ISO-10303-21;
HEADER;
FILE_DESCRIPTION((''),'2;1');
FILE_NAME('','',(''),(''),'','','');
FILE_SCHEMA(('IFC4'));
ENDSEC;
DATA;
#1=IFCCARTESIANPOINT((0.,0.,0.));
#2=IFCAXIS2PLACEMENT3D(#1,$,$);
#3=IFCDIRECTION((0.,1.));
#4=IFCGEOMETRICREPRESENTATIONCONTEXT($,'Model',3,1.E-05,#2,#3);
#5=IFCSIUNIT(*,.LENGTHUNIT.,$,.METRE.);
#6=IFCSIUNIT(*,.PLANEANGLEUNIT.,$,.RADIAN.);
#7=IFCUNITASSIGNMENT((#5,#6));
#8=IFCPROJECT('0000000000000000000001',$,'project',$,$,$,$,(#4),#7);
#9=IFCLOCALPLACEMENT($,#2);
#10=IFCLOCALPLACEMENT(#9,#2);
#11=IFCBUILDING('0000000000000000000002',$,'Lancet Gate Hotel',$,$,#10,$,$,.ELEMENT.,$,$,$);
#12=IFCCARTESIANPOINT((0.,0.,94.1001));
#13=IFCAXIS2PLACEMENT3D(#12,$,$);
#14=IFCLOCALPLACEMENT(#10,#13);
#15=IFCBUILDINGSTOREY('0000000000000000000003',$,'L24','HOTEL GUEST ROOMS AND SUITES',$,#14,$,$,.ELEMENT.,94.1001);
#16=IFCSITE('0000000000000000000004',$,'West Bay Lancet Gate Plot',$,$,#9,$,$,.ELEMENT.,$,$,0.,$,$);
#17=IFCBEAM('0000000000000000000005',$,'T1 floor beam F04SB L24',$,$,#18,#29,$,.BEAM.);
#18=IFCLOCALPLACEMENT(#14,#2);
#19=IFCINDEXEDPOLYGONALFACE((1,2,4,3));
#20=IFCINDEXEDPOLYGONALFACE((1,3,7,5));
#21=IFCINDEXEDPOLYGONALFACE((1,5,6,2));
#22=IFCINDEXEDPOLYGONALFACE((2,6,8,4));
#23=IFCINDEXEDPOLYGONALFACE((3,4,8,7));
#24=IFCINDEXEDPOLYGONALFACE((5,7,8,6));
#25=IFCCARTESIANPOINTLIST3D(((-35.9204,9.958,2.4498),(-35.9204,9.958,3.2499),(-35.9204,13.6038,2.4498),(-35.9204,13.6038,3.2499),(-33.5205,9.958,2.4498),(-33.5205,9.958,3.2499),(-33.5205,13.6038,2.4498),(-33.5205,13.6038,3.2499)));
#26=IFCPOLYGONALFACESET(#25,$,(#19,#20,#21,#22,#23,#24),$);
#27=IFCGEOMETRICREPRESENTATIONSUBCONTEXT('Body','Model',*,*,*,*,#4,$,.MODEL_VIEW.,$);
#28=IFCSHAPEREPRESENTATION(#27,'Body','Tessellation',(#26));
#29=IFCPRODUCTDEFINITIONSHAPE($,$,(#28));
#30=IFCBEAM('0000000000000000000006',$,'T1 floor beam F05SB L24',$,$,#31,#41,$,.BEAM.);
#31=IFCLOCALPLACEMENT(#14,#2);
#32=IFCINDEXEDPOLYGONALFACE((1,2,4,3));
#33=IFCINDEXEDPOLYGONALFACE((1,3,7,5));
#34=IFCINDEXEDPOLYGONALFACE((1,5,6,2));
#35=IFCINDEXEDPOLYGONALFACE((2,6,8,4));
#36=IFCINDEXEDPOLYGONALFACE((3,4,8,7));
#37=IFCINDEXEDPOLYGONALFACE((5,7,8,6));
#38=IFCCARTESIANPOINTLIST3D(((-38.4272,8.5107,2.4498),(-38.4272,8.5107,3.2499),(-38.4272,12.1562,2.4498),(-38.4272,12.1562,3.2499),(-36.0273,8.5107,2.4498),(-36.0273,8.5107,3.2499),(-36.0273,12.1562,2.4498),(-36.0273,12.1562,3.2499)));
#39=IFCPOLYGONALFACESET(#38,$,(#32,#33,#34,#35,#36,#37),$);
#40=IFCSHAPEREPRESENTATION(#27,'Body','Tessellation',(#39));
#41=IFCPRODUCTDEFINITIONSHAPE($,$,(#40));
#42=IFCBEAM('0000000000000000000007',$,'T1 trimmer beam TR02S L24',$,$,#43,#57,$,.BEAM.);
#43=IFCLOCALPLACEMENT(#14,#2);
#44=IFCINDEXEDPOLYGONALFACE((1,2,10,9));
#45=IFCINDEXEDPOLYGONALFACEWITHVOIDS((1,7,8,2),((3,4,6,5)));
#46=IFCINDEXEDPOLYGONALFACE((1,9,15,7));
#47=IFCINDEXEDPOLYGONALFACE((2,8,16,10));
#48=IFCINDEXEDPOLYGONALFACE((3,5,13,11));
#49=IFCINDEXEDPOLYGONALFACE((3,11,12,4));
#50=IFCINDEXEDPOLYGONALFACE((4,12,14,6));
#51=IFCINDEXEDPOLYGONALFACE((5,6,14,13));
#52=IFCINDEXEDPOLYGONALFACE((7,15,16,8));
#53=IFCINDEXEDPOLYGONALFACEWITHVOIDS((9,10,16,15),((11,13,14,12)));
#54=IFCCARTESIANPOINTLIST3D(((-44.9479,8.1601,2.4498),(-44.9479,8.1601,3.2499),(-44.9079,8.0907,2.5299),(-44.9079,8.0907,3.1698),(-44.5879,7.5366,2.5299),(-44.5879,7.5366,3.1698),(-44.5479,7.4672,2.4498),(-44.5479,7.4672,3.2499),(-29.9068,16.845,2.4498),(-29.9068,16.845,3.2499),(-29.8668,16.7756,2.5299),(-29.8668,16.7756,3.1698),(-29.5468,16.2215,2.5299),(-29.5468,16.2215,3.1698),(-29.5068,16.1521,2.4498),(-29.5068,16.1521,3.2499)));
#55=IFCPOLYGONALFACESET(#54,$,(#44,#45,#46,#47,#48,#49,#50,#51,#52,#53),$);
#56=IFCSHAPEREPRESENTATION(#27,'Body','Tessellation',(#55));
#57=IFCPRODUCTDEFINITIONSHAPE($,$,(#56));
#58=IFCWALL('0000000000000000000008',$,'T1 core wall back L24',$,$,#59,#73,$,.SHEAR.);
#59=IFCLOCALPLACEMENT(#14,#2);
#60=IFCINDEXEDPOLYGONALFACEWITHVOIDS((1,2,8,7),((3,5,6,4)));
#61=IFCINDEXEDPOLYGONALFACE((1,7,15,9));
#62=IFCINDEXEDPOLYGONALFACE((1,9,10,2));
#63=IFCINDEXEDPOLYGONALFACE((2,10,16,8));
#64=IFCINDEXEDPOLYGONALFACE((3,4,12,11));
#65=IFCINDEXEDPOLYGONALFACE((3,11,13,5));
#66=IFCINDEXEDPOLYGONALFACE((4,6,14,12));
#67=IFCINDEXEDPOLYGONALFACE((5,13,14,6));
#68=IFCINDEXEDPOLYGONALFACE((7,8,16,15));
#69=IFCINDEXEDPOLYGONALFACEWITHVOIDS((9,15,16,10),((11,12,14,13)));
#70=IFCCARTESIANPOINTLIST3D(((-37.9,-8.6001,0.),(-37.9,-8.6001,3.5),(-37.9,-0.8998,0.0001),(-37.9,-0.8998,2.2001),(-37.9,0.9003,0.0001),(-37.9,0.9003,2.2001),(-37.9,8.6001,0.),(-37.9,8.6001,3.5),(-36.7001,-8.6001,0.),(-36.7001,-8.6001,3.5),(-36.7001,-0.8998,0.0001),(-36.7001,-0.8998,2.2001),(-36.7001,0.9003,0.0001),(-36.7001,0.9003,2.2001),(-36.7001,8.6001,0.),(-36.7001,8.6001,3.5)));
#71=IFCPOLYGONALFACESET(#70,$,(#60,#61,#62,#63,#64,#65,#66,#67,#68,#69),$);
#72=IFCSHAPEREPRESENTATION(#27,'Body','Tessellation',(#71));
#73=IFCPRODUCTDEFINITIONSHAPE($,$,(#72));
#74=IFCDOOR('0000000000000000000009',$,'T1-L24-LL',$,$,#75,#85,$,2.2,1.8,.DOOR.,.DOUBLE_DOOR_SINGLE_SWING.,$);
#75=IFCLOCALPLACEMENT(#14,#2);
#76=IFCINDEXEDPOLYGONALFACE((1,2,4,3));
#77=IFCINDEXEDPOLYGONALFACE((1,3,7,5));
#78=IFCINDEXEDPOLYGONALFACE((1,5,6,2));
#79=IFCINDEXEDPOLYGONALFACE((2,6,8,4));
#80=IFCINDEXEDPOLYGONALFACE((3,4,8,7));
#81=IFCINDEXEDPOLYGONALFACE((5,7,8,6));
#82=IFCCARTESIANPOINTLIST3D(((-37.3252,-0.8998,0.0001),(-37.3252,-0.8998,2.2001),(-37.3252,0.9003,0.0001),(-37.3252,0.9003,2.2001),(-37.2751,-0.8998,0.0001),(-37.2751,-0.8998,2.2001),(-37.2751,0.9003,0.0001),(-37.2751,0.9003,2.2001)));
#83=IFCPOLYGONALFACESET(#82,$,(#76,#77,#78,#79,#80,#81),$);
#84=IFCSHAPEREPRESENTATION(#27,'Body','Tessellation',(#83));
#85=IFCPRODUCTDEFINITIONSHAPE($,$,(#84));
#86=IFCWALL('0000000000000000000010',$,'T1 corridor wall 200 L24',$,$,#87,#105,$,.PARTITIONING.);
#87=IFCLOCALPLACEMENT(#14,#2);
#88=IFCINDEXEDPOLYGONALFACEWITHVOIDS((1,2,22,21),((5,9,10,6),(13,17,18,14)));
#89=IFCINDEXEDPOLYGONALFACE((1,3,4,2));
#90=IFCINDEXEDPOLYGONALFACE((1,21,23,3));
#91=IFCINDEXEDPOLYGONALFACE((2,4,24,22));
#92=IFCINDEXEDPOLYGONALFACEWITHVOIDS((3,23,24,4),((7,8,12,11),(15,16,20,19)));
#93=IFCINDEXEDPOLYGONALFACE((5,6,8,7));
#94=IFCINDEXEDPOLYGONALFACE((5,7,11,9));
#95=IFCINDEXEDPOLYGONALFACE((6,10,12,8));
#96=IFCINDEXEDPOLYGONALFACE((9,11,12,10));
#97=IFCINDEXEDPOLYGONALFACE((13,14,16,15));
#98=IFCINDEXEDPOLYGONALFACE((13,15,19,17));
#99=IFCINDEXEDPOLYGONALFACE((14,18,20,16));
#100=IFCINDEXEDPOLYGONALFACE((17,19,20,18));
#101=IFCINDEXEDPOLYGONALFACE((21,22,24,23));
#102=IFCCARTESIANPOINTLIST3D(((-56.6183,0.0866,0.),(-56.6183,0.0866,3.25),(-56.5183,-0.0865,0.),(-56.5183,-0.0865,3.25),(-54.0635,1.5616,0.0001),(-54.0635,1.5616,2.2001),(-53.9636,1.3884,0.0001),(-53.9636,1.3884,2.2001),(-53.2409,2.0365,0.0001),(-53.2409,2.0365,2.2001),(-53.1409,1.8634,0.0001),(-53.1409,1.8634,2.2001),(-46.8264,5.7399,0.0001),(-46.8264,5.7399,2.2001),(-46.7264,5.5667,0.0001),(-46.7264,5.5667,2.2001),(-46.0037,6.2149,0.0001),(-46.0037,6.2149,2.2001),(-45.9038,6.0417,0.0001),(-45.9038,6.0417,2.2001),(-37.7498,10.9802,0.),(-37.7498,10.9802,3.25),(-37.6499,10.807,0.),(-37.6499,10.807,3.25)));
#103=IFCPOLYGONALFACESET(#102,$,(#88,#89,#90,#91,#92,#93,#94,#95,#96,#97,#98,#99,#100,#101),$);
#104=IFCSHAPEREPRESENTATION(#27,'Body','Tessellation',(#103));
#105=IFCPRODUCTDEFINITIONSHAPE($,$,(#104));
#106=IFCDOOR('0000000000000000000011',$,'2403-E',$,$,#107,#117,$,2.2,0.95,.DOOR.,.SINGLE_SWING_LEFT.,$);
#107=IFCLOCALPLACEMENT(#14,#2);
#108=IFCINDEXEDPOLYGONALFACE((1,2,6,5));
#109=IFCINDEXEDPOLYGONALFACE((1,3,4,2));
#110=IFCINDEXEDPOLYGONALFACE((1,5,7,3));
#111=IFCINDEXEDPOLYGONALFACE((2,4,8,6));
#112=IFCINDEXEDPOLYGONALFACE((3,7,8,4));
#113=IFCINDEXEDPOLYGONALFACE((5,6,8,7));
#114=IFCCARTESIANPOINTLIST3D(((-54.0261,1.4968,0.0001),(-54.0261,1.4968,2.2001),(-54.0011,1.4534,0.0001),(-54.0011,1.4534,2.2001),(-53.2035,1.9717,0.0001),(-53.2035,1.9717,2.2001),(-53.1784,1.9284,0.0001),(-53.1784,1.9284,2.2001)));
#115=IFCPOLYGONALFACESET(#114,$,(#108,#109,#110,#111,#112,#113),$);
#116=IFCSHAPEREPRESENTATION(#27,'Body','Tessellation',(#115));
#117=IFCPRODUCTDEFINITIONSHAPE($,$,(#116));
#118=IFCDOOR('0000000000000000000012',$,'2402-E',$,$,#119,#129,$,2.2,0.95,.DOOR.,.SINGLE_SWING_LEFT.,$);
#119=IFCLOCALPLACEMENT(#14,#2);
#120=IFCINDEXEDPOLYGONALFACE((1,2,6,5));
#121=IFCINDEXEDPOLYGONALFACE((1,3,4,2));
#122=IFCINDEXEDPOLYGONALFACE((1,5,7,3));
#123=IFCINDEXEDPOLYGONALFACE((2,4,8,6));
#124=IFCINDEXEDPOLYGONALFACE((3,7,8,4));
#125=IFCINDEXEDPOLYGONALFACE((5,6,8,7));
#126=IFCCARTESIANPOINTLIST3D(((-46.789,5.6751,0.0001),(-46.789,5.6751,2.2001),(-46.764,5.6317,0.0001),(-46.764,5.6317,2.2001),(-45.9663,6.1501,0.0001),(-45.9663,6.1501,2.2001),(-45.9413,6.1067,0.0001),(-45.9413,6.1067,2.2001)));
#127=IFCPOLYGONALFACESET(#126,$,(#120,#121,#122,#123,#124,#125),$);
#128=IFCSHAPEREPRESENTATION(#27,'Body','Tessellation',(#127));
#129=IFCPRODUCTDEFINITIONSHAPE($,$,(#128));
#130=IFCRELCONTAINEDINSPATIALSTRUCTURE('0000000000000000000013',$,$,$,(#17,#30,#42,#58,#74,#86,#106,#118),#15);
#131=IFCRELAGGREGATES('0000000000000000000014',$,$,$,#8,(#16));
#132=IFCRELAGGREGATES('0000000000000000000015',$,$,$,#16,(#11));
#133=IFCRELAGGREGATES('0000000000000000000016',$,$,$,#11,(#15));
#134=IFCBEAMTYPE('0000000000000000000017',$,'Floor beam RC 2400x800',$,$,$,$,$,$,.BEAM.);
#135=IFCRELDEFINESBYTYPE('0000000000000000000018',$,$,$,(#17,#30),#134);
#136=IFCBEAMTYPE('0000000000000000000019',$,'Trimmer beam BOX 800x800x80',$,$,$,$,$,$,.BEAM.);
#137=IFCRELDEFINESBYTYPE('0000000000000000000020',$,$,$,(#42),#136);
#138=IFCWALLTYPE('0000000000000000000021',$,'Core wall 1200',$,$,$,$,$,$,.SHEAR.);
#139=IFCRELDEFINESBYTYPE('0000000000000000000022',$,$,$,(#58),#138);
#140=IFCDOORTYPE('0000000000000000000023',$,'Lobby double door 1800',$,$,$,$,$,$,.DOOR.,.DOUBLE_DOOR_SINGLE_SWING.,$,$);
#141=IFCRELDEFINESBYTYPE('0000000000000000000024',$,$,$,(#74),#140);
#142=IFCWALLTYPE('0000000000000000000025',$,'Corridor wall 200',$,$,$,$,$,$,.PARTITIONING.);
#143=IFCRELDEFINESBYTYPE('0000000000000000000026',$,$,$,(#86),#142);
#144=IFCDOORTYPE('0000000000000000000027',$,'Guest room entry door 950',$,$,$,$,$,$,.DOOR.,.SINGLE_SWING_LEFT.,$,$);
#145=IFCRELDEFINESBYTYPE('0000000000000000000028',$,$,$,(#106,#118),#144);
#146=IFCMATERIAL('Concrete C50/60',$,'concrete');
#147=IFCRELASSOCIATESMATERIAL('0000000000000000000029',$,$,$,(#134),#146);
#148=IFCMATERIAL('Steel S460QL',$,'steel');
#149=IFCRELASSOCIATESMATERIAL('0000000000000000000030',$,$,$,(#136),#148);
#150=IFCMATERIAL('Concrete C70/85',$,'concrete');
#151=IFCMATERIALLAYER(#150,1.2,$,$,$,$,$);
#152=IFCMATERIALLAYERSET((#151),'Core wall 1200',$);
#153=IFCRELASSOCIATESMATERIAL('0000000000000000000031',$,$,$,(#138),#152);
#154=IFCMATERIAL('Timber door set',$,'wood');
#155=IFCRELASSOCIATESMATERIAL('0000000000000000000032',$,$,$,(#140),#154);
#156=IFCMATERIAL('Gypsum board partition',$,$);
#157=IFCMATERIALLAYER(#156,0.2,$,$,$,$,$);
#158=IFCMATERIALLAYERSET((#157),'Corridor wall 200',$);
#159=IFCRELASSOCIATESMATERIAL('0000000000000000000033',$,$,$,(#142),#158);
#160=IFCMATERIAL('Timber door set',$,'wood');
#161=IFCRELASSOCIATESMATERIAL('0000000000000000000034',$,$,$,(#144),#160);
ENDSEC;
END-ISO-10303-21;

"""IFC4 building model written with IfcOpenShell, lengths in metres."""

from ifc_helpers import new_model, si_unit, direction, frame, frame_2d, origin, origin_2d, place, context, subcontext, project, spatial, rectangle, hollow_rectangle, extrude, material, layer, layer_set, material_profile, profile_set, type_object, element, fill, save


model = new_model("IFC4")

# Units and contexts
model_context = context("Model", 3, precision=1e-05, world=origin(), true_north=direction((0.0, 1.0)))
body_context = subcontext(model_context, "Body", "Model", "MODEL_VIEW")
ifc_project = project(units=[si_unit("LENGTHUNIT", "METRE"), si_unit("PLANEANGLEUNIT", "RADIAN")], contexts=[model_context])

# Site, building, storey
site_placement = place(None, origin())
site = spatial("IfcSite", under=ifc_project, at=site_placement, Name="West Bay Lancet Gate Plot", CompositionType="ELEMENT", RefElevation=0.0)
building_placement = place(site_placement, origin())
building = spatial("IfcBuilding", under=site, at=building_placement, Name="Lancet Gate Hotel", CompositionType="ELEMENT")
storey_placement = place(building_placement, frame((0.0, 0.0, 94.1001)))
storey = spatial("IfcBuildingStorey", under=building, at=storey_placement, Name="L24", Description="HOTEL GUEST ROOMS AND SUITES", CompositionType="ELEMENT", Elevation=94.1001)

# Beams
ifc_material_1 = material(Name="Concrete C50/60", Category="concrete")
ifc_material_profile_1 = material_profile(ifc_material_1, rectangle(XDim=2.3999, YDim=0.8, at=origin_2d()), Name="RC 2400x800")
ifc_profile_set_1 = profile_set([ifc_material_profile_1], Name="Concrete C50/60")
beam_type_1 = type_object("IfcBeamType", Name="Floor beam RC 2400x800", PredefinedType="BEAM", material=ifc_profile_set_1)
beam_1_placement = place(storey_placement, frame((-34.7205, 13.6038, 2.8499), z_axis=(0.0, -1.0, 0.0), x_axis=(1.0, 0.0, 0.0)))
element("IfcBeam", 1, at=beam_1_placement, inside=storey, type_object=beam_type_1, Name="T1 floor beam F04SB L24", PredefinedType="BEAM", context=body_context, shape_type="SweptSolid", body=[
    extrude(rectangle(XDim=2.3999, YDim=0.8, at=origin_2d()), origin(), (0.0, 0.0, 1.0), 3.6458),
])
beam_2_placement = place(storey_placement, frame((-37.2273, 12.1562, 2.8499), z_axis=(0.0, -1.0, 0.0), x_axis=(1.0, 0.0, 0.0)))
element("IfcBeam", 2, at=beam_2_placement, inside=storey, type_object=beam_type_1, Name="T1 floor beam F05SB L24", PredefinedType="BEAM", context=body_context, shape_type="SweptSolid", body=[
    extrude(rectangle(XDim=2.3999, YDim=0.8, at=origin_2d()), origin(), (0.0, 0.0, 1.0), 3.6455),
])
ifc_material_2 = material(Name="Steel S460QL", Category="steel")
ifc_material_profile_2 = material_profile(ifc_material_2, hollow_rectangle(XDim=0.8, YDim=0.8, WallThickness=0.0801, at=origin_2d()), Name="BOX 800x800x80")
ifc_profile_set_2 = profile_set([ifc_material_profile_2], Name="Steel S460QL")
beam_type_2 = type_object("IfcBeamType", Name="Trimmer beam BOX 800x800x80", PredefinedType="BEAM", material=ifc_profile_set_2)
beam_3_placement = place(storey_placement, frame((-29.7068, 16.4985, 2.8499), z_axis=(-0.866003, -0.500038, 0.0), x_axis=(0.500038, -0.866003, 0.0)))
element("IfcBeam", 3, at=beam_3_placement, inside=storey, type_object=beam_type_2, Name="T1 trimmer beam TR02S L24", PredefinedType="BEAM", context=body_context, shape_type="SweptSolid", body=[
    extrude(hollow_rectangle(XDim=0.8, YDim=0.8, WallThickness=0.0801, at=origin_2d()), origin(), (0.0, 0.0, 1.0), 17.3684),
])

# Wall, opening, door
ifc_material_3 = material(Name="Concrete C70/85", Category="concrete")
ifc_layer_1 = layer(ifc_material_3, 1.2)
ifc_layer_set_1 = layer_set([ifc_layer_1], Name="Core wall 1200")
wall_type_1 = type_object("IfcWallType", Name="Core wall 1200", PredefinedType="SHEAR", material=ifc_layer_set_1)
wall_1_placement = place(storey_placement, frame((-37.3, 8.6001, 0.0), z_axis=(0.0, 0.0, 1.0), x_axis=(0.0, -1.0, 0.0)))
wall_1 = element("IfcWall", 4, at=wall_1_placement, inside=storey, type_object=wall_type_1, Name="T1 core wall back L24", PredefinedType="SHEAR", context=body_context, shape_type="SweptSolid", body=[
    extrude(rectangle(XDim=17.2002, YDim=1.2, at=frame_2d((8.6001, 0.0))), origin(), (0.0, 0.0, 1.0), 3.5),
])
opening_1_placement = place(wall_1_placement, frame((7.7, 0.0, 0.0)))
opening_1 = element("IfcOpeningElement", 5, at=opening_1_placement, cuts=wall_1, PredefinedType="OPENING", context=body_context, shape_type="SweptSolid", body=[
    extrude(rectangle(XDim=1.8, YDim=2.2, at=frame_2d((0.8999, 1.1001))), frame((0.0, 0.6099, 0.0), z_axis=(0.0, -1.0, 0.0), x_axis=(1.0, 0.0, 0.0)), (0.0, 0.0, 1.0), 1.22),
])
ifc_material_4 = material(Name="Timber door set", Category="wood")
door_type_1 = type_object("IfcDoorType", Name="Lobby double door 1800", OperationType="DOUBLE_DOOR_SINGLE_SWING", PredefinedType="DOOR", material=ifc_material_4)
door_1_placement = place(opening_1_placement, origin())
door_1 = element("IfcDoor", 6, at=door_1_placement, inside=storey, type_object=door_type_1, Name="T1-L24-LL", OperationType="DOUBLE_DOOR_SINGLE_SWING", OverallHeight=2.2, OverallWidth=1.8, PredefinedType="DOOR", context=body_context, shape_type="SweptSolid", body=[
    extrude(rectangle(XDim=1.8, YDim=2.2, at=frame_2d((0.8999, 1.1001))), frame((0.0, 0.0249, 0.0), z_axis=(0.0, -1.0, 0.0), x_axis=(1.0, 0.0, 0.0)), (0.0, 0.0, 1.0), 0.05),
])
fill(opening_1, door_1)

# Wall, openings, doors
ifc_material_5 = material(Name="Gypsum board partition")
ifc_layer_2 = layer(ifc_material_5, 0.2)
ifc_layer_set_2 = layer_set([ifc_layer_2], Name="Corridor wall 200")
wall_type_2 = type_object("IfcWallType", Name="Corridor wall 200", PredefinedType="PARTITIONING", material=ifc_layer_set_2)
wall_2_placement = place(storey_placement, frame((-37.7, 10.8936, 0.0), z_axis=(0.0, 0.0, 1.0), x_axis=(-0.866028, -0.499996, 0.0)))
wall_2 = element("IfcWall", 7, at=wall_2_placement, inside=storey, type_object=wall_type_2, Name="T1 corridor wall 200 L24", PredefinedType="PARTITIONING", context=body_context, shape_type="SweptSolid", body=[
    extrude(rectangle(XDim=21.7874, YDim=0.2, at=frame_2d((10.8936, 0.0))), origin(), (0.0, 0.0, 1.0), 3.25),
])
opening_2_placement = place(wall_2_placement, frame((17.8872, 0.0, 0.0)))
opening_2 = element("IfcOpeningElement", 8, at=opening_2_placement, cuts=wall_2, PredefinedType="OPENING", context=body_context, shape_type="SweptSolid", body=[
    extrude(rectangle(XDim=0.95, YDim=2.2, at=frame_2d((0.4751, 1.1001))), frame((0.0, 0.1099, 0.0), z_axis=(0.0, -1.0, 0.0), x_axis=(1.0, 0.0, 0.0)), (0.0, 0.0, 1.0), 0.22),
])
opening_3_placement = place(wall_2_placement, frame((9.5305, 0.0, 0.0)))
opening_3 = element("IfcOpeningElement", 9, at=opening_3_placement, cuts=wall_2, PredefinedType="OPENING", context=body_context, shape_type="SweptSolid", body=[
    extrude(rectangle(XDim=0.95, YDim=2.2, at=frame_2d((0.4751, 1.1001))), frame((0.0, 0.1099, 0.0), z_axis=(0.0, -1.0, 0.0), x_axis=(1.0, 0.0, 0.0)), (0.0, 0.0, 1.0), 0.22),
])
ifc_material_6 = material(Name="Timber door set", Category="wood")
door_type_2 = type_object("IfcDoorType", Name="Guest room entry door 950", OperationType="SINGLE_SWING_LEFT", PredefinedType="DOOR", material=ifc_material_6)
door_2_placement = place(opening_2_placement, origin())
door_2 = element("IfcDoor", 10, at=door_2_placement, inside=storey, type_object=door_type_2, Name="2403-E", OperationType="SINGLE_SWING_LEFT", OverallHeight=2.2, OverallWidth=0.95, PredefinedType="DOOR", context=body_context, shape_type="SweptSolid", body=[
    extrude(rectangle(XDim=0.95, YDim=2.2, at=frame_2d((0.4751, 1.1001))), frame((0.0, 0.0249, 0.0), z_axis=(0.0, -1.0, 0.0), x_axis=(1.0, 0.0, 0.0)), (0.0, 0.0, 1.0), 0.05),
])
fill(opening_2, door_2)
door_3_placement = place(opening_3_placement, origin())
door_3 = element("IfcDoor", 11, at=door_3_placement, inside=storey, type_object=door_type_2, Name="2402-E", OperationType="SINGLE_SWING_LEFT", OverallHeight=2.2, OverallWidth=0.95, PredefinedType="DOOR", context=body_context, shape_type="SweptSolid", body=[
    extrude(rectangle(XDim=0.95, YDim=2.2, at=frame_2d((0.4751, 1.1001))), frame((0.0, 0.0249, 0.0), z_axis=(0.0, -1.0, 0.0), x_axis=(1.0, 0.0, 0.0)), (0.0, 0.0, 1.0), 0.05),
])
fill(opening_3, door_3)

save(model, "model.ifc")
